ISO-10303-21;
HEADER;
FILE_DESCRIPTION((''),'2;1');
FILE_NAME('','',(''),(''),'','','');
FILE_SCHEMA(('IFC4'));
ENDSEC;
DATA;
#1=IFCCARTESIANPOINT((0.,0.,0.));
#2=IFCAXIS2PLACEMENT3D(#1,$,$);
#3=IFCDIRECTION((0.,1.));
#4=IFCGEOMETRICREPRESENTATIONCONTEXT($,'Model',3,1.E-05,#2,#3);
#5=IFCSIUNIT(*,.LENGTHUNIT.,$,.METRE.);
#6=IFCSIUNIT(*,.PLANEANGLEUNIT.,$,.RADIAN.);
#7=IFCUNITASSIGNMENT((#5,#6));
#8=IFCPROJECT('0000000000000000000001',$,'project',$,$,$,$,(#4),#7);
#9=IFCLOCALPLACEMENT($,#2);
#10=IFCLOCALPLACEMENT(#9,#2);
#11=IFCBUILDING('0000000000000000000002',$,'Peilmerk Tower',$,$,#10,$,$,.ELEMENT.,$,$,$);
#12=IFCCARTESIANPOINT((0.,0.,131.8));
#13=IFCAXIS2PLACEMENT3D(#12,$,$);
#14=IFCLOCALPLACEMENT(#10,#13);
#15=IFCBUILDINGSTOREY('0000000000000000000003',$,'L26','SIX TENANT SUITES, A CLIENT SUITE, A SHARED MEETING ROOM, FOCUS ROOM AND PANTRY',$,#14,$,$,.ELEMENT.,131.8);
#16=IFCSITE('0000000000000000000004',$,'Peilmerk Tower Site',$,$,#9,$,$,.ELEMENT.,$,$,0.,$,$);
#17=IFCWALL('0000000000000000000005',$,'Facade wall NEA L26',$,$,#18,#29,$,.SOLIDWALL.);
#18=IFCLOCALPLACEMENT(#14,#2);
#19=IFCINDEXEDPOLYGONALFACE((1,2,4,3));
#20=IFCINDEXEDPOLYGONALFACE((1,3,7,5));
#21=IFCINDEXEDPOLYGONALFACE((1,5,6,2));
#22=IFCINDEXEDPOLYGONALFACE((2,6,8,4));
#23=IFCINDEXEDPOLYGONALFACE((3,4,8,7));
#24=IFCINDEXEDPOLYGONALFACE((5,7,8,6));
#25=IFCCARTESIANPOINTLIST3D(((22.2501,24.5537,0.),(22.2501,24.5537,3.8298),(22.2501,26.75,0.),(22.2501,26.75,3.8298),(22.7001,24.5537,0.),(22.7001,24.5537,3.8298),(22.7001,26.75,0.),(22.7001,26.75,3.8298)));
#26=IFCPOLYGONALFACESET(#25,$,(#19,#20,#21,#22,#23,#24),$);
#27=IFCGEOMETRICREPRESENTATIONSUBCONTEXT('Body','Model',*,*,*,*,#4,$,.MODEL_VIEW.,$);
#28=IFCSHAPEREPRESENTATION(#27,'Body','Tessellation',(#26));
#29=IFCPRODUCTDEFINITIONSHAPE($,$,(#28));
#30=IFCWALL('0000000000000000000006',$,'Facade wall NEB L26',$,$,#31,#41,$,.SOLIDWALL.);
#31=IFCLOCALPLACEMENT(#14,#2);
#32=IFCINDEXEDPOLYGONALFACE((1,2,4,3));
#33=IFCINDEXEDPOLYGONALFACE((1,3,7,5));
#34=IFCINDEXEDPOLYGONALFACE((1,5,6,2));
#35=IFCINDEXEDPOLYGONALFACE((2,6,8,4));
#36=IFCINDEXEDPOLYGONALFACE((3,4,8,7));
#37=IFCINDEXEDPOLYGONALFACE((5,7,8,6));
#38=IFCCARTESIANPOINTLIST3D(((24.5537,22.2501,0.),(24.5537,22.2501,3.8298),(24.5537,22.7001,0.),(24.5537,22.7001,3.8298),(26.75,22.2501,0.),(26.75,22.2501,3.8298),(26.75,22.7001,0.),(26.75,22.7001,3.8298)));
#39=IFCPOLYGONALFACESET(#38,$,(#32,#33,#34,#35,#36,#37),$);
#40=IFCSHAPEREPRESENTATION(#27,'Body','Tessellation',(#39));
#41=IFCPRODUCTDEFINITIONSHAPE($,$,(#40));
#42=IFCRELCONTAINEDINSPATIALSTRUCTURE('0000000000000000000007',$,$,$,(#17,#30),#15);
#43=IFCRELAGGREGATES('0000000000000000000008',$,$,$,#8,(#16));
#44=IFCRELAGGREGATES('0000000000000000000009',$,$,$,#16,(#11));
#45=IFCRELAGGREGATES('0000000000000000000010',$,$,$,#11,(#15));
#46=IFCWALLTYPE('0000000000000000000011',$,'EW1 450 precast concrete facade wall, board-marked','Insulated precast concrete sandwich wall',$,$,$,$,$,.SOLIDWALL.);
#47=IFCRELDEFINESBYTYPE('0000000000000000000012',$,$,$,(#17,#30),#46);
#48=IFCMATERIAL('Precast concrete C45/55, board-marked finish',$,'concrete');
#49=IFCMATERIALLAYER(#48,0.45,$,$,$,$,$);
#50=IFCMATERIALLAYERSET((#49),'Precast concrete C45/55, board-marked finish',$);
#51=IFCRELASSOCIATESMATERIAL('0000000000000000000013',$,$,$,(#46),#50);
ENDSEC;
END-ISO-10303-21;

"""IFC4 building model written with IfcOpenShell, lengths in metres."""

from ifc_helpers import new_model, si_unit, direction, frame, frame_2d, origin, place, context, subcontext, project, spatial, rectangle, extrude, material, layer, layer_set, type_object, element, save


model = new_model("IFC4")

# Units and contexts
model_context = context("Model", 3, precision=1e-05, world=origin(), true_north=direction((0.0, 1.0)))
body_context = subcontext(model_context, "Body", "Model", "MODEL_VIEW")
ifc_project = project(units=[si_unit("LENGTHUNIT", "METRE"), si_unit("PLANEANGLEUNIT", "RADIAN")], contexts=[model_context])

# Site, building, storey
site_placement = place(None, origin())
site = spatial("IfcSite", under=ifc_project, at=site_placement, Name="Peilmerk Tower Site", CompositionType="ELEMENT", RefElevation=0.0)
building_placement = place(site_placement, origin())
building = spatial("IfcBuilding", under=site, at=building_placement, Name="Peilmerk Tower", CompositionType="ELEMENT")
storey_placement = place(building_placement, frame((0.0, 0.0, 131.8)))
storey = spatial("IfcBuildingStorey", under=building, at=storey_placement, Name="L26", Description="SIX TENANT SUITES, A CLIENT SUITE, A SHARED MEETING ROOM, FOCUS ROOM AND PANTRY", CompositionType="ELEMENT", Elevation=131.8)

# Shared definitions
ifc_material_1 = material(Name="Precast concrete C45/55, board-marked finish", Category="concrete")
ifc_layer_1 = layer(ifc_material_1, 0.45)
ifc_layer_set_1 = layer_set([ifc_layer_1], Name="Precast concrete C45/55, board-marked finish")
wall_type = type_object("IfcWallType", Name="EW1 450 precast concrete facade wall, board-marked", Description="Insulated precast concrete sandwich wall", PredefinedType="SOLIDWALL", material=ifc_layer_set_1)

# Walls
for number, where, z_axis, x_axis, name in (
    (1, (22.4751, 24.5537, 0.0), (0.0, 0.0, 1.0), (0.0, 1.0, 0.0), "Facade wall NEA L26"),
    (2, (24.5537, 22.4751, 0.0), (0.0, 0.0, 1.0), (1.0, 0.0, 0.0), "Facade wall NEB L26"),
):
    element("IfcWall", number, at=place(storey_placement, frame(where, z_axis=z_axis, x_axis=x_axis)), inside=storey, type_object=wall_type, Name=name, PredefinedType="SOLIDWALL", context=body_context, shape_type="SweptSolid", body=[
        extrude(rectangle(XDim=2.1963, YDim=0.45, at=frame_2d((1.0981, 0.0))), origin(), (0.0, 0.0, 1.0), 3.8298),
    ])

save(model, "model.ifc")
